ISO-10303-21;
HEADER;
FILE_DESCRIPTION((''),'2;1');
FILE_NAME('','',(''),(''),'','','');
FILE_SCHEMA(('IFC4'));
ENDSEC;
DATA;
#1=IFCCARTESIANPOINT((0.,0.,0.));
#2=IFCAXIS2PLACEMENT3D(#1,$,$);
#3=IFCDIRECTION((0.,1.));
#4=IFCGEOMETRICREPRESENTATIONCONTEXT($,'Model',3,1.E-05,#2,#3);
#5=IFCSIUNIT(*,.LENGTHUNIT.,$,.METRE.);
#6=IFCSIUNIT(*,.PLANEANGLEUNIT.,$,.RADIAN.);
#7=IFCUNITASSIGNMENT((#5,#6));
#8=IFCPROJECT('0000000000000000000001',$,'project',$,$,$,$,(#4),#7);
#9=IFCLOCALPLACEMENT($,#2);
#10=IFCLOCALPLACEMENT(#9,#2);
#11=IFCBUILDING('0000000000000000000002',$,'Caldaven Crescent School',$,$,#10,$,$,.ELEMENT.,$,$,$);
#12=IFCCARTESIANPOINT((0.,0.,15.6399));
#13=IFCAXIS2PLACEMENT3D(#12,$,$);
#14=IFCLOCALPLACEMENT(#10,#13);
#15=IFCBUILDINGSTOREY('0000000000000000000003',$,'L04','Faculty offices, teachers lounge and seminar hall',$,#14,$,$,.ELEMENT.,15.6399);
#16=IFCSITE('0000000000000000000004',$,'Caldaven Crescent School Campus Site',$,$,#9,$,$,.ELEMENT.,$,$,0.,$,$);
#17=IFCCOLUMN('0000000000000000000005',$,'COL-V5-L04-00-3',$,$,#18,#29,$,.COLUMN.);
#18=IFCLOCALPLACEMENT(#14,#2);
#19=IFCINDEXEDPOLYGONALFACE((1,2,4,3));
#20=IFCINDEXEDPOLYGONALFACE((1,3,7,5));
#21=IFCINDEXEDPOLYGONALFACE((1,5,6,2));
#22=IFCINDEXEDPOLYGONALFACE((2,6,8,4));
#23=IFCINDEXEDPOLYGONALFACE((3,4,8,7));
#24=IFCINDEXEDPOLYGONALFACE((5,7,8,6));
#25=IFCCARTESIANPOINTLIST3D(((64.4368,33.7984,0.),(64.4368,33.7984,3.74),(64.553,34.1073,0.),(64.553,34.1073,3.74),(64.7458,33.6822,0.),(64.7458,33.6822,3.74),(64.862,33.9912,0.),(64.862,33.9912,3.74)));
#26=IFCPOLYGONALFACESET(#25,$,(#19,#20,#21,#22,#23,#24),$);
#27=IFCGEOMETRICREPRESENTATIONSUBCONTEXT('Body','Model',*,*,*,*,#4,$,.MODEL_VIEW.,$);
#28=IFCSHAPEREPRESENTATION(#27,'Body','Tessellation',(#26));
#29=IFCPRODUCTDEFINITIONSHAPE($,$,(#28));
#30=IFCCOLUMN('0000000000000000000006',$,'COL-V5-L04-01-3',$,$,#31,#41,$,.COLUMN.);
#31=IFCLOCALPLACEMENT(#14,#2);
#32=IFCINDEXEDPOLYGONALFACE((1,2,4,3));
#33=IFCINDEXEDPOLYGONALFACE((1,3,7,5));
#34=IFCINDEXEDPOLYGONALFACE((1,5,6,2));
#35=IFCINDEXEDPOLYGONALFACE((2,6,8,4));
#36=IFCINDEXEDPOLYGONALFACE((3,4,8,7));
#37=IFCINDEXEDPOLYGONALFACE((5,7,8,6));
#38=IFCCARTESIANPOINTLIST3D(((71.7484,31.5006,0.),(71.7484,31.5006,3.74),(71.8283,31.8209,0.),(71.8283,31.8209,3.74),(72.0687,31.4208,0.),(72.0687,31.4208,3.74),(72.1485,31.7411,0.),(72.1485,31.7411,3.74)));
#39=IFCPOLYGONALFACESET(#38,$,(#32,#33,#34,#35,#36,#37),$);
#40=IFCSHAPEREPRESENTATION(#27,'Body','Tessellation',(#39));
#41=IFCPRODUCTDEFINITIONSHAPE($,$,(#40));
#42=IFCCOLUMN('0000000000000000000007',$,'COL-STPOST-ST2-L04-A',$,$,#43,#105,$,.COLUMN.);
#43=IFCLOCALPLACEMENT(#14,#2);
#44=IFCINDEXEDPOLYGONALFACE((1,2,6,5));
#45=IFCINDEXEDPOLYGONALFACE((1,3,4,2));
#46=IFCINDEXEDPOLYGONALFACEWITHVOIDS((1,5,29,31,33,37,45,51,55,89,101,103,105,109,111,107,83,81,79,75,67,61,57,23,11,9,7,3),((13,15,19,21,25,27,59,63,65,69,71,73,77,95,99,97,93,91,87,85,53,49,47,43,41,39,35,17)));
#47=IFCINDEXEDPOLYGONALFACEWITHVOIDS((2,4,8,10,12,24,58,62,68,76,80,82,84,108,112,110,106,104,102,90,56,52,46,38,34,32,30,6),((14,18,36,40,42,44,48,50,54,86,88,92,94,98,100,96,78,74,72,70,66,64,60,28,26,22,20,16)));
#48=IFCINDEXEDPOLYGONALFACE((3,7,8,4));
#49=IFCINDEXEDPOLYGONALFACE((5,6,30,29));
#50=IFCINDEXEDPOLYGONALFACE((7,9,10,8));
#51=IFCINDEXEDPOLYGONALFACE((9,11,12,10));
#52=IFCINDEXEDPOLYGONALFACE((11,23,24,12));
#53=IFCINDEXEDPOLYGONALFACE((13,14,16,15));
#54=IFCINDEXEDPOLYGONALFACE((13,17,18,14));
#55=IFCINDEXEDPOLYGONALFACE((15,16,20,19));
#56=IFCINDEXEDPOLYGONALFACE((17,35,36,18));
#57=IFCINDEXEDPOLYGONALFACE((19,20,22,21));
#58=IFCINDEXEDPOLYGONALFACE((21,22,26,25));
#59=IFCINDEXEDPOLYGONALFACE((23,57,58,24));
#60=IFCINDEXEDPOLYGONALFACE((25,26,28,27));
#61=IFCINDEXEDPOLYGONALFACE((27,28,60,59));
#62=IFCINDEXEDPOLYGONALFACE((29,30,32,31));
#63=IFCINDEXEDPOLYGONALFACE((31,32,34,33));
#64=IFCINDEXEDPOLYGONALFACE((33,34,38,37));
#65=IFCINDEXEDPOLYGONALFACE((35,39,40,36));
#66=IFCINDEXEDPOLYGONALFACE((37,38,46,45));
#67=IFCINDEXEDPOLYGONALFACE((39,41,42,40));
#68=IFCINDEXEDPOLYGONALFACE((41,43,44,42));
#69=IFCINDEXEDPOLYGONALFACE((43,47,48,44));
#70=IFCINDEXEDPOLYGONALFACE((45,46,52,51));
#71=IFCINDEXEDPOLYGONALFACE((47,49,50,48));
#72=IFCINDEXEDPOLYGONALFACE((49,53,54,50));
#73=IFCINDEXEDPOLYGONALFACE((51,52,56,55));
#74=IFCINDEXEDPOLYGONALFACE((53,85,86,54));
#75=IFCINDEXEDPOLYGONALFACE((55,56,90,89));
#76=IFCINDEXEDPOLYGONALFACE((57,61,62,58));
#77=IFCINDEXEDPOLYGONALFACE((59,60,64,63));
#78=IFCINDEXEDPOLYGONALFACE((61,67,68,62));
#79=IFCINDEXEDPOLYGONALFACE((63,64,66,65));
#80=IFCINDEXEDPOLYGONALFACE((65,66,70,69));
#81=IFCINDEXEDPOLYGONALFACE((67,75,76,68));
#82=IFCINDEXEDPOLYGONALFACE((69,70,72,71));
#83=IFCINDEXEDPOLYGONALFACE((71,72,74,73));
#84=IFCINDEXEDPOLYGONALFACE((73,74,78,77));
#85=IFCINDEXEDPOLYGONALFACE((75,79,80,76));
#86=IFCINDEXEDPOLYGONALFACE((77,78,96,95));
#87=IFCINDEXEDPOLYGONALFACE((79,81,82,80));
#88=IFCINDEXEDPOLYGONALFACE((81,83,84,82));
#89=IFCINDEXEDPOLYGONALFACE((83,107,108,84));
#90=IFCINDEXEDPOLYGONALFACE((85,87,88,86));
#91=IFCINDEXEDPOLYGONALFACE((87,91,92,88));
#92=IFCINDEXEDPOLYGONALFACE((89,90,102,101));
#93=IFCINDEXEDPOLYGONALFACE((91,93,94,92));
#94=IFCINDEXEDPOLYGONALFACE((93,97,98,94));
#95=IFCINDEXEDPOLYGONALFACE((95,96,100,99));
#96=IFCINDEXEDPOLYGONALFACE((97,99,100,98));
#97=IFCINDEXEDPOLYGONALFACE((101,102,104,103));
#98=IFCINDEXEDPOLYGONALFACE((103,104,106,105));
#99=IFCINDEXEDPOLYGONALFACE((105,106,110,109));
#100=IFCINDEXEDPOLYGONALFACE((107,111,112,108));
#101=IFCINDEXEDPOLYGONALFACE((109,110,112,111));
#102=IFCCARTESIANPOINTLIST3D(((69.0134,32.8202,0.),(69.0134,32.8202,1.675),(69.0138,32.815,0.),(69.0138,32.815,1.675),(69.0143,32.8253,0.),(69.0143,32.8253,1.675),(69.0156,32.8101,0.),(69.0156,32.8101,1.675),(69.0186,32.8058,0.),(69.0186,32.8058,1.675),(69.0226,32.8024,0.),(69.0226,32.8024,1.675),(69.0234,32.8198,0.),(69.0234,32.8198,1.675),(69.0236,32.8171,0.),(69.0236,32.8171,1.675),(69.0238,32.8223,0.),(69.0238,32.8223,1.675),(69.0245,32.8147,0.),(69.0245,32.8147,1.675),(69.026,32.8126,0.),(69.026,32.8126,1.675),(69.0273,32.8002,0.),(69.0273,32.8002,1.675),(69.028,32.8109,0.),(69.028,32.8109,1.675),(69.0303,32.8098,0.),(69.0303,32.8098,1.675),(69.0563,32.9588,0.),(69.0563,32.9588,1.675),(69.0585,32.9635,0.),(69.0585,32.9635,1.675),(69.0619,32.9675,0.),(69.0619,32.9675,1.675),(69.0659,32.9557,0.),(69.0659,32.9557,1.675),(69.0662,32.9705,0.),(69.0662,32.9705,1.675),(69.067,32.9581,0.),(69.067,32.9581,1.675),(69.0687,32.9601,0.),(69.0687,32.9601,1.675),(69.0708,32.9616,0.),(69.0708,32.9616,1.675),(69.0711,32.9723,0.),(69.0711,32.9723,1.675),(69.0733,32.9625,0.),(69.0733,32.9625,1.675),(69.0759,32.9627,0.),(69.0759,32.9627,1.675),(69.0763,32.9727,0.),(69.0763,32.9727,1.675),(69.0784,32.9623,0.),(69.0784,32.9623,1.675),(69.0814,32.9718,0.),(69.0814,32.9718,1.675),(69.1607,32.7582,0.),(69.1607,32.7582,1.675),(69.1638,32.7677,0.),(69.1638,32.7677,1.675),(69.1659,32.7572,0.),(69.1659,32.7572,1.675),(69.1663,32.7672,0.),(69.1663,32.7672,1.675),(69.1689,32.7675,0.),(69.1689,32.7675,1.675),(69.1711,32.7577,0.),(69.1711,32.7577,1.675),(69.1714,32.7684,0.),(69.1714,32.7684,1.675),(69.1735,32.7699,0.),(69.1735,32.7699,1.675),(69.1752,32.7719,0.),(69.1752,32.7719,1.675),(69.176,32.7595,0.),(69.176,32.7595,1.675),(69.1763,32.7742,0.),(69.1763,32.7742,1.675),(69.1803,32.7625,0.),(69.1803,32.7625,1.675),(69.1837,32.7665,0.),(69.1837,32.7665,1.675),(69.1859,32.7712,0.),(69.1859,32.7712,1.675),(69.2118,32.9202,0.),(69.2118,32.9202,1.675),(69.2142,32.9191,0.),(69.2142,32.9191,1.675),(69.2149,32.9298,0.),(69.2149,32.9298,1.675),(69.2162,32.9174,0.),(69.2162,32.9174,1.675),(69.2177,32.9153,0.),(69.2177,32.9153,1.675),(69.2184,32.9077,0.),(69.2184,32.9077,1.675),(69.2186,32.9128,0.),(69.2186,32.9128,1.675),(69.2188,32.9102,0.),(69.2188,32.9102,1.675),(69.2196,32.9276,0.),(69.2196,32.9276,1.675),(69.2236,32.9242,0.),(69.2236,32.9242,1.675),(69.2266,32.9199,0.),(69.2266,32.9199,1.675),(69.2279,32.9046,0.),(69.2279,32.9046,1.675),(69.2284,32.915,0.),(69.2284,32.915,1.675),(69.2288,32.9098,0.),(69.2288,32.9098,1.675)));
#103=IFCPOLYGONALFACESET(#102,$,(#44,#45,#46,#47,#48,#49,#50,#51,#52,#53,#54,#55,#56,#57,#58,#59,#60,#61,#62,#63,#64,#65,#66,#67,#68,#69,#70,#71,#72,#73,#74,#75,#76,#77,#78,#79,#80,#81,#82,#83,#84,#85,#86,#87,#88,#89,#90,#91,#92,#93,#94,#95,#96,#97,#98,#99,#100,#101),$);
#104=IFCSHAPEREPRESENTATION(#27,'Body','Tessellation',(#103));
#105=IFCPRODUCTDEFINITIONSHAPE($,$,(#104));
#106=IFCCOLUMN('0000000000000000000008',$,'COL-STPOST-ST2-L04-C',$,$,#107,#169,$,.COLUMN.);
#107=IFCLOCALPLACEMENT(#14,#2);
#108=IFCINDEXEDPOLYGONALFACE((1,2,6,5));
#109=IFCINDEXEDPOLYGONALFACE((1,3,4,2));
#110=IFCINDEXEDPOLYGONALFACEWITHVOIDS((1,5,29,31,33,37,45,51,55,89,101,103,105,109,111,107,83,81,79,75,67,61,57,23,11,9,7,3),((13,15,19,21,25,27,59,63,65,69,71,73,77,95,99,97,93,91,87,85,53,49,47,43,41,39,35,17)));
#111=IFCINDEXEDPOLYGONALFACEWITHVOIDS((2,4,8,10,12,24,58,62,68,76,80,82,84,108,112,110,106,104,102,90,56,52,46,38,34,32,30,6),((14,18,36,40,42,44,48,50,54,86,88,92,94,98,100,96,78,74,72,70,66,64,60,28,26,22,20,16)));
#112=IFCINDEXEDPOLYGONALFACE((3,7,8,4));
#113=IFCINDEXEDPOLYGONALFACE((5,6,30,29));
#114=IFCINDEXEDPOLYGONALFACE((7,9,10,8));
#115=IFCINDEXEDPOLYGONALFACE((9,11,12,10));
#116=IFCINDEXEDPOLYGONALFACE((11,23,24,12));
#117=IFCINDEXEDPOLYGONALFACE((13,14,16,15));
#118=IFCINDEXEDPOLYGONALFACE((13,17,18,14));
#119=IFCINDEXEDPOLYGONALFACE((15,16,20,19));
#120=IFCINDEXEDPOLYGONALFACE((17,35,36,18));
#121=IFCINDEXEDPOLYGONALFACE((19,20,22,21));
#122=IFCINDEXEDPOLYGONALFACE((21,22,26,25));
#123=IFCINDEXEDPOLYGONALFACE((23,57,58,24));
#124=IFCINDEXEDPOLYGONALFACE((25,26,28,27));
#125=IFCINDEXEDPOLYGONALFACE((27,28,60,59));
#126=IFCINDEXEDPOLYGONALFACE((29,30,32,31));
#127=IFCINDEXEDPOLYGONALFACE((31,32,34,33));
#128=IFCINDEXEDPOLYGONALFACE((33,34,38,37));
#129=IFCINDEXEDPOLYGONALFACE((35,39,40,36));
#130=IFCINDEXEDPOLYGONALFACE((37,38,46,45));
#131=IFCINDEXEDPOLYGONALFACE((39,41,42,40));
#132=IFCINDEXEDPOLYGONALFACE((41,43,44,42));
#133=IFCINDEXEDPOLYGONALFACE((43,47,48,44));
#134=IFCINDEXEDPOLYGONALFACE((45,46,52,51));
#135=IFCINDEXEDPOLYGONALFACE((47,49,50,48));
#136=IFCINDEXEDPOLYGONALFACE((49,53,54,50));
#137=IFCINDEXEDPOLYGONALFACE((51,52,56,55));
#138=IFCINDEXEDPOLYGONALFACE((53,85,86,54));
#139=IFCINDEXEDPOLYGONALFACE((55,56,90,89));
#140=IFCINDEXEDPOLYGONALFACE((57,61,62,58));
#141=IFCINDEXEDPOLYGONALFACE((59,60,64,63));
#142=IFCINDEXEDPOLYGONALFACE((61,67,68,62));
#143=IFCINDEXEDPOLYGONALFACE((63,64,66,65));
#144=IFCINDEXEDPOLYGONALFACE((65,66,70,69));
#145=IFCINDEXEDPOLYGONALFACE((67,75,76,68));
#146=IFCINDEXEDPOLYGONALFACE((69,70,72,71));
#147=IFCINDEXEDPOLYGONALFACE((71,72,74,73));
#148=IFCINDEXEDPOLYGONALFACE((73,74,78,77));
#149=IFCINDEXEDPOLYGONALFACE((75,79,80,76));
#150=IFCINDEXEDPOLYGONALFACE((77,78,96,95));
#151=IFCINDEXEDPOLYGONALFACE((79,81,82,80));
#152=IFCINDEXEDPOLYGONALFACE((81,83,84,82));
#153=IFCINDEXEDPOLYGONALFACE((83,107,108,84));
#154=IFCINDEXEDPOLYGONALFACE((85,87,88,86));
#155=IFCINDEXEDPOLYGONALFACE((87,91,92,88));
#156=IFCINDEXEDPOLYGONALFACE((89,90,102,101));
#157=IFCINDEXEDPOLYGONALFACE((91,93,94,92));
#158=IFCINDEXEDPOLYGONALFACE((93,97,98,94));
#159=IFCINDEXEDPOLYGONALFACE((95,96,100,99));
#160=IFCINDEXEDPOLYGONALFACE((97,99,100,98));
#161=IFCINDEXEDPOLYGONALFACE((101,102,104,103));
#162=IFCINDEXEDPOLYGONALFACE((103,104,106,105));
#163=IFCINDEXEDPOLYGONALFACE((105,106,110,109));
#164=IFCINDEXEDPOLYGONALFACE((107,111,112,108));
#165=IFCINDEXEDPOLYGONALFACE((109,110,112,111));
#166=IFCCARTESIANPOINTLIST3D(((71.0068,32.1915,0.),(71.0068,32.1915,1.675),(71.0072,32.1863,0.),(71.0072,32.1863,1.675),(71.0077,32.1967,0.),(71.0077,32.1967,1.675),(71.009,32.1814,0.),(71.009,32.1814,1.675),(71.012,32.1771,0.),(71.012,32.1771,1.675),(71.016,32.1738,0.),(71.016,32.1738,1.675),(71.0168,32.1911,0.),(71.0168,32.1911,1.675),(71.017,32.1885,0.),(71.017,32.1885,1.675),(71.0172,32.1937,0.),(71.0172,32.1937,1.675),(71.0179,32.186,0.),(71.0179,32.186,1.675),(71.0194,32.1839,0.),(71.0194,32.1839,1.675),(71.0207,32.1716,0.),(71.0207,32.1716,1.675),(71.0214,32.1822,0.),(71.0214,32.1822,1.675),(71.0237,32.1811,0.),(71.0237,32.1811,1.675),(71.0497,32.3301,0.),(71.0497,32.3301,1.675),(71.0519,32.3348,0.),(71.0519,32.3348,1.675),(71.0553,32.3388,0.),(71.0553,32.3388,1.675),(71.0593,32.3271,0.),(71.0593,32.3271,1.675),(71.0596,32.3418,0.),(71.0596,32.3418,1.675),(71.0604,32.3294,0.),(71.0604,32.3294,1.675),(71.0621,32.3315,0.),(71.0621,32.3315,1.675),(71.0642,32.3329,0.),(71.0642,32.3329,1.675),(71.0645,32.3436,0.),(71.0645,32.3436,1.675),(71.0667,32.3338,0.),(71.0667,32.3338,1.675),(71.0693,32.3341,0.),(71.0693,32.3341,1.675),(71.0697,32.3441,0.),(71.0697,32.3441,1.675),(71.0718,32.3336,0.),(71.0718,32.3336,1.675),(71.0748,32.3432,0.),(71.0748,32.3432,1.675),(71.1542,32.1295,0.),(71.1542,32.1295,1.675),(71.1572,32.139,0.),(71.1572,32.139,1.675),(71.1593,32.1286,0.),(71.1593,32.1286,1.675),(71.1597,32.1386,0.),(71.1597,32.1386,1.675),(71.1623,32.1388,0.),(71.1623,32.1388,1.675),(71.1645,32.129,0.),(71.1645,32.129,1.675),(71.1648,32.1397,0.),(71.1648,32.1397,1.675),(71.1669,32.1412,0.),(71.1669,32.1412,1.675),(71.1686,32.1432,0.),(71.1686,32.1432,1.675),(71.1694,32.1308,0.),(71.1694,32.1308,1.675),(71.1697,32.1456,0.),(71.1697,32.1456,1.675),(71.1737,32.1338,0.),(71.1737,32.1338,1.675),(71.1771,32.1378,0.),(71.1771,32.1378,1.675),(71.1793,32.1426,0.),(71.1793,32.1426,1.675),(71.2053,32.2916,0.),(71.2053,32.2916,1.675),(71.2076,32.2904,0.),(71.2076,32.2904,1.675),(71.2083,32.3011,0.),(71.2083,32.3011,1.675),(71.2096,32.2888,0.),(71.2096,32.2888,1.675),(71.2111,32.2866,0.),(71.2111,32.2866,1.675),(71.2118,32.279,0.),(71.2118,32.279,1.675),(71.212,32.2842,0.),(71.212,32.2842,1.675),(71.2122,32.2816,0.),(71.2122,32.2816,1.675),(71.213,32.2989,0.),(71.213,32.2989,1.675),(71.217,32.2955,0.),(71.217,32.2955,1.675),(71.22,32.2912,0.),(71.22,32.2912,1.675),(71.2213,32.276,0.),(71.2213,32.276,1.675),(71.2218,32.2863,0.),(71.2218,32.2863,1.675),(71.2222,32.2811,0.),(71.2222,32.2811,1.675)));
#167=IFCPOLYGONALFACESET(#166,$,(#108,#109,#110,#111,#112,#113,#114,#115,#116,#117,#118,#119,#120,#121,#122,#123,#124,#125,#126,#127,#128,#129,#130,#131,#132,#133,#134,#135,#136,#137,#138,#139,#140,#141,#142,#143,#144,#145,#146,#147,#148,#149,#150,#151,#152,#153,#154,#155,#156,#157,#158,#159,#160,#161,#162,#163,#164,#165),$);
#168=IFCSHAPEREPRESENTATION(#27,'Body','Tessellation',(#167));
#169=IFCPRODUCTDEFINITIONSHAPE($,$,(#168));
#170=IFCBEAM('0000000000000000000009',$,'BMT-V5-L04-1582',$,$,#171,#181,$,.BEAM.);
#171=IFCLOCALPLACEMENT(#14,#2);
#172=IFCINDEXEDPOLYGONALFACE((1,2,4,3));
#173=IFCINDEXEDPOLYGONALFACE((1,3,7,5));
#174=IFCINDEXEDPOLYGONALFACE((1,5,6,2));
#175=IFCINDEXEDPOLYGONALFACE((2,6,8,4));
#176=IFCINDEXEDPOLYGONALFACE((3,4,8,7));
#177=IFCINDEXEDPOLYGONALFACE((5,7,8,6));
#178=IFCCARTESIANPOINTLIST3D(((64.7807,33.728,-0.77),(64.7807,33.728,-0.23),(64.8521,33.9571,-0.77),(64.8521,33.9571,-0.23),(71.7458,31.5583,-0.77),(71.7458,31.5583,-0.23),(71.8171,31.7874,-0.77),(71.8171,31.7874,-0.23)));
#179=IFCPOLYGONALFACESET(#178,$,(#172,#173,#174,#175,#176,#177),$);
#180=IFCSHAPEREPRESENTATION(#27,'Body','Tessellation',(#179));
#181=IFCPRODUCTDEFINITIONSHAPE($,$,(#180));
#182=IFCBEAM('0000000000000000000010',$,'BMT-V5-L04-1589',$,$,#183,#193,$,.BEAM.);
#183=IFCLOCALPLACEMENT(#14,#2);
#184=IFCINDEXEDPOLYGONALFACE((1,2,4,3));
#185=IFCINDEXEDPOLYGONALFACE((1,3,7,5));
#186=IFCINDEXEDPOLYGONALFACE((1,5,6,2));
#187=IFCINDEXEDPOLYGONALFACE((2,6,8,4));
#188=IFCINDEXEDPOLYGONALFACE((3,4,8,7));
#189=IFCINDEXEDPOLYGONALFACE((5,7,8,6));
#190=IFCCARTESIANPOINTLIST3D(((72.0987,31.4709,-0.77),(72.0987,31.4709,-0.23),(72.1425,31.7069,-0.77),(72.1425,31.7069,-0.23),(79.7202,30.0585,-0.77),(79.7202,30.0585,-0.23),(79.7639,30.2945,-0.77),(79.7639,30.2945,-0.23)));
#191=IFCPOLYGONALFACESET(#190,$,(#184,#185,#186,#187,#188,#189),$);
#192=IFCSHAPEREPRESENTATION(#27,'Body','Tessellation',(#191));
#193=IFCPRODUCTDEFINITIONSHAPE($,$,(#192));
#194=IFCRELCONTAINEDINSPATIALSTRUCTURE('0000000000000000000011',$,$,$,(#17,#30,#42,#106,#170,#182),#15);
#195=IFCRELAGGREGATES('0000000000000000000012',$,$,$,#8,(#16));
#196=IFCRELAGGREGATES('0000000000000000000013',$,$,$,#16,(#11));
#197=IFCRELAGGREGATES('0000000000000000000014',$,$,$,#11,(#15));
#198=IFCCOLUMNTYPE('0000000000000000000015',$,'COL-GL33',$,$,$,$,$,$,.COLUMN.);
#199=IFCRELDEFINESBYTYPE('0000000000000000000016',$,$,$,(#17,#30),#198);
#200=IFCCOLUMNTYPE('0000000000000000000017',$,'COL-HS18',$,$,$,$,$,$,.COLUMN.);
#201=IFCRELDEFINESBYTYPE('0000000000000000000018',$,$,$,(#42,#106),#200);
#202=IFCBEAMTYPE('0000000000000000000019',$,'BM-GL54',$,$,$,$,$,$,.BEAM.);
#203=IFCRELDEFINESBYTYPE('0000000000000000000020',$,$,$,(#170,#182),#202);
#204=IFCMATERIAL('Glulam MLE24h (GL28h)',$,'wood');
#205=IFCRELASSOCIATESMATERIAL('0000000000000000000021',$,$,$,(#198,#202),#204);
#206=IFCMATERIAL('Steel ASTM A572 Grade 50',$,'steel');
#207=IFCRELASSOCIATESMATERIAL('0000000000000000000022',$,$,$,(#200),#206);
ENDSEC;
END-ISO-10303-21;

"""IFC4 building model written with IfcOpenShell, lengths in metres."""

from ifc_helpers import new_model, si_unit, direction, frame, origin, origin_2d, place, context, subcontext, project, spatial, rectangle, hollow_rectangle, extrude, material, material_profile, profile_set, type_object, element, save


model = new_model("IFC4")

# Units and contexts
model_context = context("Model", 3, precision=1e-05, world=origin(), true_north=direction((0.0, 1.0)))
body_context = subcontext(model_context, "Body", "Model", "MODEL_VIEW")
ifc_project = project(units=[si_unit("LENGTHUNIT", "METRE"), si_unit("PLANEANGLEUNIT", "RADIAN")], contexts=[model_context])

# Site, building, storey
site_placement = place(None, origin())
site = spatial("IfcSite", under=ifc_project, at=site_placement, Name="Caldaven Crescent School Campus Site", CompositionType="ELEMENT", RefElevation=0.0)
building_placement = place(site_placement, origin())
building = spatial("IfcBuilding", under=site, at=building_placement, Name="Caldaven Crescent School", CompositionType="ELEMENT")
storey_placement = place(building_placement, frame((0.0, 0.0, 15.6399)))
storey = spatial("IfcBuildingStorey", under=building, at=storey_placement, Name="L04", Description="Faculty offices, teachers lounge and seminar hall", CompositionType="ELEMENT", Elevation=15.6399)

# Columns
ifc_material_1 = material(Name="Glulam MLE24h (GL28h)", Category="wood")
ifc_material_profile_1 = material_profile(ifc_material_1, rectangle(XDim=0.3301, YDim=0.3301, at=origin_2d()), Name="MLE 330x330")
ifc_profile_set_1 = profile_set([ifc_material_profile_1], Name="Glulam MLE24h (GL28h)")
column_type_1 = type_object("IfcColumnType", Name="COL-GL33", PredefinedType="COLUMN", material=ifc_profile_set_1)
for number, where, z_axis, x_axis, name in (
    (1, (64.6494, 33.8948, 0.0), (0.0, 0.0, 1.0), (-0.352005, -0.935998, 0.0), "COL-V5-L04-00-3"),
    (2, (71.9485, 31.6208, 0.0), (0.0, 0.0, 1.0), (-0.241922, -0.970296, 0.0), "COL-V5-L04-01-3"),
):
    element("IfcColumn", number, at=place(storey_placement, frame(where, z_axis=z_axis, x_axis=x_axis)), inside=storey, type_object=column_type_1, Name=name, PredefinedType="COLUMN", context=body_context, shape_type="SweptSolid", body=[
        extrude(rectangle(XDim=0.3301, YDim=0.3301, at=origin_2d()), origin(), (0.0, 0.0, 1.0), 3.74),
    ])
ifc_material_2 = material(Name="Steel ASTM A572 Grade 50", Category="steel")
ifc_material_profile_2 = material_profile(ifc_material_2, hollow_rectangle(XDim=0.1799, YDim=0.1799, WallThickness=0.01, InnerFilletRadius=0.01, OuterFilletRadius=0.02, at=origin_2d()), Name="HSS 180x180x10")
ifc_profile_set_2 = profile_set([ifc_material_profile_2], Name="Steel ASTM A572 Grade 50")
column_type_2 = type_object("IfcColumnType", Name="COL-HS18", PredefinedType="COLUMN", material=ifc_profile_set_2)
for number, where, z_axis, x_axis, name in (
    (3, (69.1211, 32.865, 0.0), (0.0, 0.0, 1.0), (0.953717, -0.300706, 0.0), "COL-STPOST-ST2-L04-A"),
    (4, (71.1145, 32.2363, 0.0), (0.0, 0.0, 1.0), (0.953717, -0.300706, 0.0), "COL-STPOST-ST2-L04-C"),
):
    element("IfcColumn", number, at=place(storey_placement, frame(where, z_axis=z_axis, x_axis=x_axis)), inside=storey, type_object=column_type_2, Name=name, PredefinedType="COLUMN", context=body_context, shape_type="SweptSolid", body=[
        extrude(hollow_rectangle(XDim=0.1799, YDim=0.1799, WallThickness=0.01, InnerFilletRadius=0.01, OuterFilletRadius=0.02, at=origin_2d()), origin(), (0.0, 0.0, 1.0), 1.675),
    ])

# Beams
ifc_material_profile_3 = material_profile(ifc_material_1, rectangle(XDim=0.24, YDim=0.54, at=origin_2d()), Name="MLE 240x540")
ifc_profile_set_3 = profile_set([ifc_material_profile_3], Name="Glulam MLE24h (GL28h)")
beam_type_1 = type_object("IfcBeamType", Name="BM-GL54", PredefinedType="BEAM", material=ifc_profile_set_3)
beam_1_placement = place(storey_placement, frame((64.8164, 33.8425, -0.5), z_axis=(0.954749, -0.297412, 0.0), x_axis=(0.297412, 0.954749, 0.0)))
element("IfcBeam", 5, at=beam_1_placement, inside=storey, type_object=beam_type_1, Name="BMT-V5-L04-1582", PredefinedType="BEAM", context=body_context, shape_type="SweptSolid", body=[
    extrude(rectangle(XDim=0.24, YDim=0.54, at=origin_2d()), origin(), (0.0, 0.0, 1.0), 7.2952),
])
beam_2_placement = place(storey_placement, frame((72.1206, 31.5889, -0.5), z_axis=(0.983259, -0.182213, 0.0), x_axis=(0.182213, 0.983259, 0.0)))
element("IfcBeam", 6, at=beam_2_placement, inside=storey, type_object=beam_type_1, Name="BMT-V5-L04-1589", PredefinedType="BEAM", context=body_context, shape_type="SweptSolid", body=[
    extrude(rectangle(XDim=0.24, YDim=0.54, at=origin_2d()), origin(), (0.0, 0.0, 1.0), 7.7512),
])

save(model, "model.ifc")
